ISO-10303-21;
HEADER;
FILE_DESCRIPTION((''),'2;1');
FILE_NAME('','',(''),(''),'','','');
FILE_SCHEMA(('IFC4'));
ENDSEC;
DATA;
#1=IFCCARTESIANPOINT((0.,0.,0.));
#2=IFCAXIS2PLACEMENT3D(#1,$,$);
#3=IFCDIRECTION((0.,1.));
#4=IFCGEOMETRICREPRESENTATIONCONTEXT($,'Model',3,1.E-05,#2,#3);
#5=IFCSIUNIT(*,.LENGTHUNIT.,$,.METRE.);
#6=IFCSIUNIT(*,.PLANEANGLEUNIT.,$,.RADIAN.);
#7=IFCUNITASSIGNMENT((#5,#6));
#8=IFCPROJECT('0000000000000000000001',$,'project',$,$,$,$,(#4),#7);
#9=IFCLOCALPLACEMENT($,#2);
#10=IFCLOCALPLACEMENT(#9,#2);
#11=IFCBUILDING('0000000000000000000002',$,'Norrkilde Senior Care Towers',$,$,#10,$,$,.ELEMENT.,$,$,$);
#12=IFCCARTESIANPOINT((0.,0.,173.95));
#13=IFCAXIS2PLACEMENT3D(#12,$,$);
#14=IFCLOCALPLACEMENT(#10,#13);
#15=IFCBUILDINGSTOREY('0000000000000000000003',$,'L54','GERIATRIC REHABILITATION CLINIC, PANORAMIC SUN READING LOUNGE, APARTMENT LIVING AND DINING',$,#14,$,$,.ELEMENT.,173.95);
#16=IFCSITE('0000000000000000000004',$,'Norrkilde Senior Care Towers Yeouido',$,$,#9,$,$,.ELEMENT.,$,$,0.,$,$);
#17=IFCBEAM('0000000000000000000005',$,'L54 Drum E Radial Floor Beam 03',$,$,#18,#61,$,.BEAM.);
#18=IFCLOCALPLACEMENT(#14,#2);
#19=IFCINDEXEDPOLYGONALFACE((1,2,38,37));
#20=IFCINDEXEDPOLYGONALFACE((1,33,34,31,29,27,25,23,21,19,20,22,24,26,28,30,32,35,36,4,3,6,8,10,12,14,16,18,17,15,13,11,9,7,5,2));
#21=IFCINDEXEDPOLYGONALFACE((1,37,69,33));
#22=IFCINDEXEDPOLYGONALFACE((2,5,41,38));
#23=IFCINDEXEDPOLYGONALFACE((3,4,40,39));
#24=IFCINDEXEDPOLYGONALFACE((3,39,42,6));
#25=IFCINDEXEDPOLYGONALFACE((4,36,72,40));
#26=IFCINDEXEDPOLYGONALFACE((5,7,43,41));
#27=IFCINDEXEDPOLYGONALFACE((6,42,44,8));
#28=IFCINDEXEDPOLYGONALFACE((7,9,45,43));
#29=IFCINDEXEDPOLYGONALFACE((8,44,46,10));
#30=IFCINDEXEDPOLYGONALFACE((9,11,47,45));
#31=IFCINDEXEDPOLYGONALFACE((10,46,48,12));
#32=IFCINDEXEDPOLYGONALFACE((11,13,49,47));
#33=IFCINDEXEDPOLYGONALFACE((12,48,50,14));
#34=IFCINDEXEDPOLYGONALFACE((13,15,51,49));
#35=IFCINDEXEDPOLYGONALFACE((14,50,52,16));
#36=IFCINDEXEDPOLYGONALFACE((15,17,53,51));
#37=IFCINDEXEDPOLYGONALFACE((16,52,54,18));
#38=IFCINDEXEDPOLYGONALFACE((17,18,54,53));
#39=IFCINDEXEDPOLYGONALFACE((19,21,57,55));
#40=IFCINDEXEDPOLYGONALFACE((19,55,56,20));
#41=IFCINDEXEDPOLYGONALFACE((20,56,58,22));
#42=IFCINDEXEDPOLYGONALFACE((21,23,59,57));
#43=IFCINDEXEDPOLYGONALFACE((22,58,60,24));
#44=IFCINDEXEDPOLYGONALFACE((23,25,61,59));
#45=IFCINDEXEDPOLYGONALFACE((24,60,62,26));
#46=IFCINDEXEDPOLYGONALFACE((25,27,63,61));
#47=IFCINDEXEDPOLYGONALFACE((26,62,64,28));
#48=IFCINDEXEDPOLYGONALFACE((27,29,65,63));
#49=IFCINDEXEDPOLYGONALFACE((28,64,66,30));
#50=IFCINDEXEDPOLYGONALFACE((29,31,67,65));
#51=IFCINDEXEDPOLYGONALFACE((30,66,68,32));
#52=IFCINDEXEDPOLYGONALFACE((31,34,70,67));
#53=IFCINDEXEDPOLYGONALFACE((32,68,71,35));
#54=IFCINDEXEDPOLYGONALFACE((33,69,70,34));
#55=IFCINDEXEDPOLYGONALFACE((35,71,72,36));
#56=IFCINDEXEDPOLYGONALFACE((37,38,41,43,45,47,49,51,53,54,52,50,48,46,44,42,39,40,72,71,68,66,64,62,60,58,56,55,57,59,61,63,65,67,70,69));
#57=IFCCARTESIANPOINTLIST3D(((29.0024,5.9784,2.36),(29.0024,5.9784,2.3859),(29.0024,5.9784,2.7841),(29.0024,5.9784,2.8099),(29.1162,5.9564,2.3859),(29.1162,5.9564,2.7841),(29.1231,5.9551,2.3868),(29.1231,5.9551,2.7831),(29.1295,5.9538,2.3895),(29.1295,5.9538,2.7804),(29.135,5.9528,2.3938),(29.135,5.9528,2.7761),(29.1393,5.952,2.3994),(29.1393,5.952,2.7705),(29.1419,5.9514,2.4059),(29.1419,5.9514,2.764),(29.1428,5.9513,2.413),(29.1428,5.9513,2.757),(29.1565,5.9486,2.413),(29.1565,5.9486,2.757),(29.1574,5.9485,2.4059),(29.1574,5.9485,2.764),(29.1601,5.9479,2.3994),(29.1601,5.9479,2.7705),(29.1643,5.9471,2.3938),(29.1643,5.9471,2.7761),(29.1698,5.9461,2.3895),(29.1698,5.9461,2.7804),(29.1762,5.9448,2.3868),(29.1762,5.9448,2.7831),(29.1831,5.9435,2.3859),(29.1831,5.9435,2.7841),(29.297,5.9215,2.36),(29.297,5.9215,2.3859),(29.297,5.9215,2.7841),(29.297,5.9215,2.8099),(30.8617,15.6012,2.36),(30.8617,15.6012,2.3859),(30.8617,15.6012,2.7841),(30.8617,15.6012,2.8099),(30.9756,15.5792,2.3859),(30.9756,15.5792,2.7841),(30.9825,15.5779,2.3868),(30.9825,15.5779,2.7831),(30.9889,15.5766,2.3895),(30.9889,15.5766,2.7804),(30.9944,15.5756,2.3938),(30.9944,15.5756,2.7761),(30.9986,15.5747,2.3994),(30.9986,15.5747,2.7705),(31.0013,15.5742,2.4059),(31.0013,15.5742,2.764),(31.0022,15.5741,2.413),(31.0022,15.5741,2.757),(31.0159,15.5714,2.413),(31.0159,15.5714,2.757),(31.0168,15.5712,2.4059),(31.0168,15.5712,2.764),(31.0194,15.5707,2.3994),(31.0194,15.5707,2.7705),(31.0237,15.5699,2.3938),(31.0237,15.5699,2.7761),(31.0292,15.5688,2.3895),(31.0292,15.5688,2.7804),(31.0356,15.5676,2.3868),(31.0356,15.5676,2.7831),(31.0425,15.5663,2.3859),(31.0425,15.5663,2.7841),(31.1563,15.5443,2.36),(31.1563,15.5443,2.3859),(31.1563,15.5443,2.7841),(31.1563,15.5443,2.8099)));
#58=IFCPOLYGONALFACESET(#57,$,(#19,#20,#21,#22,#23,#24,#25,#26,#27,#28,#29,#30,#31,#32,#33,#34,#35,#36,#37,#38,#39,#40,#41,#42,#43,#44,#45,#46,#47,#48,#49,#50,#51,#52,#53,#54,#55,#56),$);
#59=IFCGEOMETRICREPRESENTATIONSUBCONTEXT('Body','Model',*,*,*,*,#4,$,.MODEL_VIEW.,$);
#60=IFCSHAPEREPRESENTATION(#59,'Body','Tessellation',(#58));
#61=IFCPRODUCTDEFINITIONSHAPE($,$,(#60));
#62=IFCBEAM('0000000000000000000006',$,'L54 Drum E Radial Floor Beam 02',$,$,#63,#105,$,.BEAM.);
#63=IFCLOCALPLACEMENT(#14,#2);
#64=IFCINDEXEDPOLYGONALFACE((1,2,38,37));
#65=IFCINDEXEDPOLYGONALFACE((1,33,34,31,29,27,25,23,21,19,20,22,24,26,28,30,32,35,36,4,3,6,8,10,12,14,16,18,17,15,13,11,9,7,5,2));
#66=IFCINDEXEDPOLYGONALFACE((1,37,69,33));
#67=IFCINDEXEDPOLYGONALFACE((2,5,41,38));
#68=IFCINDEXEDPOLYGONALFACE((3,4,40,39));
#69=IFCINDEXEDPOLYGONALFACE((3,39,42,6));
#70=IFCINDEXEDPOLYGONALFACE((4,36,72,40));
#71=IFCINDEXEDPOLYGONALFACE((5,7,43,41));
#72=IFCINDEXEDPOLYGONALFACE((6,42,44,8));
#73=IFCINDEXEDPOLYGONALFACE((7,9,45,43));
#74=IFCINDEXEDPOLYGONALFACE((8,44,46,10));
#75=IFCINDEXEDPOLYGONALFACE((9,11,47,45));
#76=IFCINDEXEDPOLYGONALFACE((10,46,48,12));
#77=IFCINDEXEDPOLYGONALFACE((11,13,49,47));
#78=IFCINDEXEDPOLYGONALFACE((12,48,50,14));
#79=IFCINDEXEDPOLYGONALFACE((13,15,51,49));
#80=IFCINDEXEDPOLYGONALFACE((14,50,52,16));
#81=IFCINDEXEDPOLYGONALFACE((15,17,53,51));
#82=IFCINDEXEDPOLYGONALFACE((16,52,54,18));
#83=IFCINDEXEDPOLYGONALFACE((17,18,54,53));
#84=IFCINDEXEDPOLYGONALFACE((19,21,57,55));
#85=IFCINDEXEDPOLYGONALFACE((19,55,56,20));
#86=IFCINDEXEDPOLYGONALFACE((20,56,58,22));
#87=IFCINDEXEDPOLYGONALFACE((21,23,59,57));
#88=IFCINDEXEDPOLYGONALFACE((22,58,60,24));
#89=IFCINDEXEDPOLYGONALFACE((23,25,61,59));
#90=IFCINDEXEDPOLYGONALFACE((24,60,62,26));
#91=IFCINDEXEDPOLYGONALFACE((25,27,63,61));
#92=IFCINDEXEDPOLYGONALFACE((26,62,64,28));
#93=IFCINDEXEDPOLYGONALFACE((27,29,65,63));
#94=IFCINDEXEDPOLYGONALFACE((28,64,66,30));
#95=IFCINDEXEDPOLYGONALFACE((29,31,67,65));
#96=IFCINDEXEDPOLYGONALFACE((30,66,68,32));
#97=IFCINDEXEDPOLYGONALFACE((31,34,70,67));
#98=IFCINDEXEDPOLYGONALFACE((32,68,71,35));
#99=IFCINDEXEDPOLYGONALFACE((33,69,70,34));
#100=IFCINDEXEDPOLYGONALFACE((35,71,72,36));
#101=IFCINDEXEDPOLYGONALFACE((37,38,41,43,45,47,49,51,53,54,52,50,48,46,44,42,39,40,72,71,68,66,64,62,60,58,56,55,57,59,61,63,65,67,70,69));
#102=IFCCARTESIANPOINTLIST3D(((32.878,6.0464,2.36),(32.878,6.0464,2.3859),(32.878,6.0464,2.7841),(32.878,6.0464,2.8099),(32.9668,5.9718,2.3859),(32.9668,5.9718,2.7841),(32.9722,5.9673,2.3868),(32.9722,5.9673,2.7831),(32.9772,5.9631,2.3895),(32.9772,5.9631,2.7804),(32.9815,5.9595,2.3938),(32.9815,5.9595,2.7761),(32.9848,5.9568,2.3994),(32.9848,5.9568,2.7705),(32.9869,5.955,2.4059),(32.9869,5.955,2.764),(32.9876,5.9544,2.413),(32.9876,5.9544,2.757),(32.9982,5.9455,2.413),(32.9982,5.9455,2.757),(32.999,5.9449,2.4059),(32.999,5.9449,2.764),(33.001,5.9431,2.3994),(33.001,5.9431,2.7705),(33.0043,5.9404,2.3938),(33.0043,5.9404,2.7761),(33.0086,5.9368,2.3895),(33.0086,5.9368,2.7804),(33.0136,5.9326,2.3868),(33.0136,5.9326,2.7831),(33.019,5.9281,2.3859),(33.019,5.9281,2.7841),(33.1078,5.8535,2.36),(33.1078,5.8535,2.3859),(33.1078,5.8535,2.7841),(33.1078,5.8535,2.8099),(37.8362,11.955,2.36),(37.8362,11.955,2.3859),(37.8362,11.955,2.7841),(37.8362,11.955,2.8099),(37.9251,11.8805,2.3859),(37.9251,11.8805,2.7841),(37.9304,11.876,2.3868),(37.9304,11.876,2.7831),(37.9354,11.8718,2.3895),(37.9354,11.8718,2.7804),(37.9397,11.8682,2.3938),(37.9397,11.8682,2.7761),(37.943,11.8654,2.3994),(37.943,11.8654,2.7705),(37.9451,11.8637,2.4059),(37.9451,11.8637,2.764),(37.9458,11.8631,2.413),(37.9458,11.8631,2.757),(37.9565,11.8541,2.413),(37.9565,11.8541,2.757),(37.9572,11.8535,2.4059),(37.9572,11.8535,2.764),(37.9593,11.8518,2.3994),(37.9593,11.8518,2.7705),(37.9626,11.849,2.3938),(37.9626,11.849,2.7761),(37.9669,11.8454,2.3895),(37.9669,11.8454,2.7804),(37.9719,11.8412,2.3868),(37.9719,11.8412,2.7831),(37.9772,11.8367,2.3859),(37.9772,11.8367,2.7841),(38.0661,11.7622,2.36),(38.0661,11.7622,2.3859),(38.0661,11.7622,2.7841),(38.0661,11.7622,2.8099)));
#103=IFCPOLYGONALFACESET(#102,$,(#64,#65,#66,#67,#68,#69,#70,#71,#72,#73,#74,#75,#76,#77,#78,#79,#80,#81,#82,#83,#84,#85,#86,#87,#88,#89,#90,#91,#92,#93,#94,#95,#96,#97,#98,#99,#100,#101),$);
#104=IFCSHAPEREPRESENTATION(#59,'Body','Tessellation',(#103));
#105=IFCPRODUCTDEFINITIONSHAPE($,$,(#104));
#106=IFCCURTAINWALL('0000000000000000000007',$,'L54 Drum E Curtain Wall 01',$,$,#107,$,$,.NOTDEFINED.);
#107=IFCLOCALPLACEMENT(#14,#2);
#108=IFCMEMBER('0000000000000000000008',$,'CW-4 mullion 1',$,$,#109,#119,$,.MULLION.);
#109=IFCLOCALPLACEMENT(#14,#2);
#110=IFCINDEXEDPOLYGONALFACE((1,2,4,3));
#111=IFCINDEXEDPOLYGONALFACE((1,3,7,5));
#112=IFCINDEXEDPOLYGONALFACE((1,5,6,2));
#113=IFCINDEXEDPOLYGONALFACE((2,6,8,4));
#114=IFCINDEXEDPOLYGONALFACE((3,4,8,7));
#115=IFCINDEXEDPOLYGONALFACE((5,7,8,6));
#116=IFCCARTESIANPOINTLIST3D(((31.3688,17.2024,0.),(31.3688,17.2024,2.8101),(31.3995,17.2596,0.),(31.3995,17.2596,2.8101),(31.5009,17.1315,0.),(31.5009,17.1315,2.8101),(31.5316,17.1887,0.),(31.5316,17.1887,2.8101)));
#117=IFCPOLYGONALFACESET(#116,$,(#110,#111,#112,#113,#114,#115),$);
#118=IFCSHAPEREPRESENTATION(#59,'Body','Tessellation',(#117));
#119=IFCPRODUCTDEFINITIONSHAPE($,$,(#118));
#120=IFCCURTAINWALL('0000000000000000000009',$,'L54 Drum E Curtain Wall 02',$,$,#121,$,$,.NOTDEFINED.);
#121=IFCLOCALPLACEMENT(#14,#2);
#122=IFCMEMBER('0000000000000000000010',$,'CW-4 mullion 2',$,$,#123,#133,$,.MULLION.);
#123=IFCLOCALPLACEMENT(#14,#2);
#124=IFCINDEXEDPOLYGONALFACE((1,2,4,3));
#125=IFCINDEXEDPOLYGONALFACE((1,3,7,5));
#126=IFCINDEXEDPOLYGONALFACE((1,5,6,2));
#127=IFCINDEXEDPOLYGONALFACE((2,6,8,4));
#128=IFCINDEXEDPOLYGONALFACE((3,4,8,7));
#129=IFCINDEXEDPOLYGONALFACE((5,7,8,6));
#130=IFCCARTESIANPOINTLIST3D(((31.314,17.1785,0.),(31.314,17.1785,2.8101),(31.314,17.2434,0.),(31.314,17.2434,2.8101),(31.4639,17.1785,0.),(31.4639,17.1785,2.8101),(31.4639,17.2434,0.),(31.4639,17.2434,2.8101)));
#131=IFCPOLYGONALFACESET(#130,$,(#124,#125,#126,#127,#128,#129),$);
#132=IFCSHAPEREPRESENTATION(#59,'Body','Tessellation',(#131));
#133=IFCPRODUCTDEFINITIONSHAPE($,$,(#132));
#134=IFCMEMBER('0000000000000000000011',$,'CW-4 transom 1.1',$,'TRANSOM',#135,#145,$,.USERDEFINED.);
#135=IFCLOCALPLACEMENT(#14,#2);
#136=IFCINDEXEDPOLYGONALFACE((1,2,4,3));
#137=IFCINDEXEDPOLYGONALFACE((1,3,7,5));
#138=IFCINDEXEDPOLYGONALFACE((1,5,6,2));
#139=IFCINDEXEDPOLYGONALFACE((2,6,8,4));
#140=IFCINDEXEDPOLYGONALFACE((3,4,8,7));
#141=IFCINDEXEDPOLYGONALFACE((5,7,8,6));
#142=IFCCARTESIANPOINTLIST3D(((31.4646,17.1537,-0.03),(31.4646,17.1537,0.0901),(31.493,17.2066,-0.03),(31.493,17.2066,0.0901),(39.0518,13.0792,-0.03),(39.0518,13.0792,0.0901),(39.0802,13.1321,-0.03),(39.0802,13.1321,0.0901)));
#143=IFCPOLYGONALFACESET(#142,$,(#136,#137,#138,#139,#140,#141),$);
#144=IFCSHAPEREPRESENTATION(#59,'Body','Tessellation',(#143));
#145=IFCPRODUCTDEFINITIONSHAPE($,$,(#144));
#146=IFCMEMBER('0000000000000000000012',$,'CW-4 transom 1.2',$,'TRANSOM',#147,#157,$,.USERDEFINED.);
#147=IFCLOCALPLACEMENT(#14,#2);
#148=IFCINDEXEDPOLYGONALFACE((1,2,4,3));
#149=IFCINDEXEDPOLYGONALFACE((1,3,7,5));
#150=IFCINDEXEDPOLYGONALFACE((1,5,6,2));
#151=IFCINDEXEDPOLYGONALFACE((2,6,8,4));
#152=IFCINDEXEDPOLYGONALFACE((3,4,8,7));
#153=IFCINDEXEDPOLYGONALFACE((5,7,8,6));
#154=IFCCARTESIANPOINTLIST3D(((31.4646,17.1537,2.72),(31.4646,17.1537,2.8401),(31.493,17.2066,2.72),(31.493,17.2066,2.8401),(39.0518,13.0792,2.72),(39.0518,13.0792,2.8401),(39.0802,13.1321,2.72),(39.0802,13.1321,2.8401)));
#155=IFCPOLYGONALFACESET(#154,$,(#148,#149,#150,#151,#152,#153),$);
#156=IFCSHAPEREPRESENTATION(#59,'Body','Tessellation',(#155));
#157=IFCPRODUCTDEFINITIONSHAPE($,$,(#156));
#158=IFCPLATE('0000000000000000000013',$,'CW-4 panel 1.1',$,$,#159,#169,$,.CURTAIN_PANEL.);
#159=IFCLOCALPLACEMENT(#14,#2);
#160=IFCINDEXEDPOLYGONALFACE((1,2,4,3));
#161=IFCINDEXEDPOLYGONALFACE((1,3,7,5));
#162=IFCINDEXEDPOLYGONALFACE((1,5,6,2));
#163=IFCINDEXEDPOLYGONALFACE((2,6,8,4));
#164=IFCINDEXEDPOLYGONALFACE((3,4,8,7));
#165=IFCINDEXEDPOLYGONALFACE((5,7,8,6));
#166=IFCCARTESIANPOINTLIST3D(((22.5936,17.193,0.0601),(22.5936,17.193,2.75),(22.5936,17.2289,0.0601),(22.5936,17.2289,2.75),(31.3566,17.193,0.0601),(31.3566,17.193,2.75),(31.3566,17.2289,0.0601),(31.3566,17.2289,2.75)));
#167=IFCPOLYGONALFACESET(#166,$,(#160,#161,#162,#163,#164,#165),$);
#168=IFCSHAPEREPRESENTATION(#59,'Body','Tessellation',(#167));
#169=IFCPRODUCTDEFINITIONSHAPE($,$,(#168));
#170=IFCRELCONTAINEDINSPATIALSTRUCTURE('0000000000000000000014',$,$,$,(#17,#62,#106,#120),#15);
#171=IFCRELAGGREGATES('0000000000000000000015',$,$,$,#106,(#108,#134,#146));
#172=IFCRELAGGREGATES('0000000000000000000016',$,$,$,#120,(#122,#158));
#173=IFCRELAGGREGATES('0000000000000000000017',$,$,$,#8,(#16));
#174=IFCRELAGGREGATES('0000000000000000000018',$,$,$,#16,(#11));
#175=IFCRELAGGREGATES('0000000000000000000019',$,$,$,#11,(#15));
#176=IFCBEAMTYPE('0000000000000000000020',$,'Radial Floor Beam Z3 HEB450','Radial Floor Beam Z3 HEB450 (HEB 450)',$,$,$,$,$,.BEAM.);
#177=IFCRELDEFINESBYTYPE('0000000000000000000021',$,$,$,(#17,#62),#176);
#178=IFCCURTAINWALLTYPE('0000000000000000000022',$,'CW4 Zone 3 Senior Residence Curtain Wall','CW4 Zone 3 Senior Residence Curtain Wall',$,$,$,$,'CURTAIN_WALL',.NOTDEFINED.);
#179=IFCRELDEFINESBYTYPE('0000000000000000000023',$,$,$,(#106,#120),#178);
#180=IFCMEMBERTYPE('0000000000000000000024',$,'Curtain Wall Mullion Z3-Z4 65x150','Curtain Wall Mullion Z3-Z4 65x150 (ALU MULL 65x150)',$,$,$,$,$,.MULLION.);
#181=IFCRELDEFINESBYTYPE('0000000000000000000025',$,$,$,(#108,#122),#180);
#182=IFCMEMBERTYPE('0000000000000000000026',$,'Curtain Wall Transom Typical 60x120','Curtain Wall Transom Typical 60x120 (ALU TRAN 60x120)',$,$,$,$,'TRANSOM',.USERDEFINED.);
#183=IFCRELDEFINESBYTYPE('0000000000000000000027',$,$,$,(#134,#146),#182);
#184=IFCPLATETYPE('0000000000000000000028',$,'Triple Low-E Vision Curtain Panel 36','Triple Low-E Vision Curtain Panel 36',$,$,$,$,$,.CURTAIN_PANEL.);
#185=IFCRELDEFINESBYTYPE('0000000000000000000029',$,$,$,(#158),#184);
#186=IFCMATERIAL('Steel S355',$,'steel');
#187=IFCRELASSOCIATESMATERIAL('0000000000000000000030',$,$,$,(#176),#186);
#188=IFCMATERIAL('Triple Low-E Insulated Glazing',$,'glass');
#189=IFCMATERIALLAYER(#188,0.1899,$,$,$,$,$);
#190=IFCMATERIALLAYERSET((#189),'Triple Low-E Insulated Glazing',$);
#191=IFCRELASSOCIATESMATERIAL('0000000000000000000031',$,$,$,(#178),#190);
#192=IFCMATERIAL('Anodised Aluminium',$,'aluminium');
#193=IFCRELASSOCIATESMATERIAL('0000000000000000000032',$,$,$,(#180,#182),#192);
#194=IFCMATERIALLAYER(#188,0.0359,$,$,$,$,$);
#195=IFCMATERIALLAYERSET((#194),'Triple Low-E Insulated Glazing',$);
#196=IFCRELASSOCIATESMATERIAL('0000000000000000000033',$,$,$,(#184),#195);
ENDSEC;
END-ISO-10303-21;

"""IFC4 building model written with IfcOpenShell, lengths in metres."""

from ifc_helpers import new_model, si_unit, direction, frame, origin, origin_2d, place, context, subcontext, project, spatial, rectangle, i_section, extrude, source, transform, mapped, material, layer, layer_set, material_profile, profile_set, type_object, type_shapes, element, aggregate, save


model = new_model("IFC4")

# Units and contexts
model_context = context("Model", 3, precision=1e-05, world=origin(), true_north=direction((0.0, 1.0)))
body_context = subcontext(model_context, "Body", "Model", "MODEL_VIEW")
ifc_project = project(units=[si_unit("LENGTHUNIT", "METRE"), si_unit("PLANEANGLEUNIT", "RADIAN")], contexts=[model_context])

# Site, building, storey
site_placement = place(None, origin())
site = spatial("IfcSite", under=ifc_project, at=site_placement, Name="Norrkilde Senior Care Towers Yeouido", CompositionType="ELEMENT", RefElevation=0.0)
building_placement = place(site_placement, origin())
building = spatial("IfcBuilding", under=site, at=building_placement, Name="Norrkilde Senior Care Towers", CompositionType="ELEMENT")
storey_placement = place(building_placement, frame((0.0, 0.0, 173.95)))
storey = spatial("IfcBuildingStorey", under=building, at=storey_placement, Name="L54", Description="GERIATRIC REHABILITATION CLINIC, PANORAMIC SUN READING LOUNGE, APARTMENT LIVING AND DINING", CompositionType="ELEMENT", Elevation=173.95)

# Beams
ifc_material_1 = material(Name="Steel S355", Category="steel")
ifc_material_profile_1 = material_profile(ifc_material_1, i_section(OverallWidth=0.3, OverallDepth=0.45, WebThickness=0.0139, FlangeThickness=0.0259, FilletRadius=0.0271, at=origin_2d()), Name="HEB 450")
ifc_profile_set_1 = profile_set([ifc_material_profile_1], Name="Steel S355")
beam_type_1 = type_object("IfcBeamType", Name="Radial Floor Beam Z3 HEB450", Description="Radial Floor Beam Z3 HEB450 (HEB 450)", PredefinedType="BEAM", material=ifc_profile_set_1)
shared_shape_1 = source(origin(), body_context, "Body", "SweptSolid", [
    extrude(i_section(OverallWidth=0.3, OverallDepth=0.45, WebThickness=0.0139, FlangeThickness=0.0259, FilletRadius=0.0271, at=origin_2d()), origin(), (0.0, 0.0, 1.0), 9.8008),
])
beam_1_placement = place(storey_placement, frame((29.1497, 5.95, 2.585), z_axis=(0.189717, 0.981839, 0.0), x_axis=(-0.981839, 0.189717, 0.0)))
element("IfcBeam", 1, at=beam_1_placement, inside=storey, type_object=beam_type_1, Name="L54 Drum E Radial Floor Beam 03", PredefinedType="BEAM", context=body_context, shape_type="MappedRepresentation", body=[
    mapped(shared_shape_1, transform((0.0, 0.0, 0.0), x_axis=(1.0, 0.0, 0.0), y_axis=(0.0, 1.0, 0.0), z_axis=(0.0, 0.0, 1.0), scale=1.0)),
])
shared_shape_2 = source(origin(), body_context, "Body", "SweptSolid", [
    extrude(i_section(OverallWidth=0.3, OverallDepth=0.45, WebThickness=0.0139, FlangeThickness=0.0259, FilletRadius=0.0271, at=origin_2d()), origin(), (0.0, 0.0, 1.0), 7.7134),
])
beam_2_placement = place(storey_placement, frame((32.9929, 5.95, 2.585), z_axis=(0.642808, 0.766027, 0.0), x_axis=(-0.766027, 0.642808, 0.0)))
element("IfcBeam", 2, at=beam_2_placement, inside=storey, type_object=beam_type_1, Name="L54 Drum E Radial Floor Beam 02", PredefinedType="BEAM", context=body_context, shape_type="MappedRepresentation", body=[
    mapped(shared_shape_2, transform((0.0, 0.0, 0.0), x_axis=(1.0, 0.0, 0.0), y_axis=(0.0, 1.0, 0.0), z_axis=(0.0, 0.0, 1.0), scale=1.0)),
])

# Curtain walls, members
ifc_material_2 = material(Name="Triple Low-E Insulated Glazing", Category="glass")
ifc_layer_1 = layer(ifc_material_2, 0.1899)
ifc_layer_set_1 = layer_set([ifc_layer_1], Name="Triple Low-E Insulated Glazing")
curtain_wall_type = type_object("IfcCurtainWallType", Name="CW4 Zone 3 Senior Residence Curtain Wall", Description="CW4 Zone 3 Senior Residence Curtain Wall", ElementType="CURTAIN_WALL", PredefinedType="NOTDEFINED", material=ifc_layer_set_1)
curtain_wall_1_placement = place(storey_placement, origin())
curtain_wall_1 = element("IfcCurtainWall", 3, at=curtain_wall_1_placement, inside=storey, type_object=curtain_wall_type, Name="L54 Drum E Curtain Wall 01", PredefinedType="NOTDEFINED")
ifc_material_3 = material(Name="Anodised Aluminium", Category="aluminium")
ifc_material_profile_2 = material_profile(ifc_material_3, rectangle(XDim=0.0649, YDim=0.1499, at=origin_2d()), Name="ALU MULL 65x150")
ifc_profile_set_2 = profile_set([ifc_material_profile_2], Name="Anodised Aluminium")
member_type_1 = type_object("IfcMemberType", Name="Curtain Wall Mullion Z3-Z4 65x150", Description="Curtain Wall Mullion Z3-Z4 65x150 (ALU MULL 65x150)", PredefinedType="MULLION", material=ifc_profile_set_2)
shared_shape_3 = source(origin(), body_context, "Body", "SweptSolid", [
    extrude(rectangle(XDim=0.0649, YDim=0.1499, at=origin_2d()), origin(), (0.0, 0.0, 1.0), 2.8101),
])
type_shapes(member_type_1, [shared_shape_3])
member_1_placement = place(storey_placement, frame((31.4502, 17.1956, 0.0), z_axis=(0.0, 0.0, 1.0), x_axis=(0.473117, 0.881, 0.0)))
member_1 = element("IfcMember", 4, at=member_1_placement, type_object=member_type_1, Name="CW-4 mullion 1", PredefinedType="MULLION", context=body_context, shape_type="MappedRepresentation", body=[
    mapped(shared_shape_3, transform((0.0, 0.0, 0.0), x_axis=(1.0, 0.0, 0.0), y_axis=(0.0, 1.0, 0.0), z_axis=(0.0, 0.0, 1.0), scale=1.0)),
])
curtain_wall_2_placement = place(storey_placement, origin())
curtain_wall_2 = element("IfcCurtainWall", 5, at=curtain_wall_2_placement, inside=storey, type_object=curtain_wall_type, Name="L54 Drum E Curtain Wall 02", PredefinedType="NOTDEFINED")
member_2_placement = place(storey_placement, frame((31.3889, 17.2109, 0.0), z_axis=(0.0, 0.0, 1.0), x_axis=(0.0, 1.0, 0.0)))
member_2 = element("IfcMember", 6, at=member_2_placement, type_object=member_type_1, Name="CW-4 mullion 2", PredefinedType="MULLION", context=body_context, shape_type="MappedRepresentation", body=[
    mapped(shared_shape_3, transform((0.0, 0.0, 0.0), x_axis=(1.0, 0.0, 0.0), y_axis=(0.0, 1.0, 0.0), z_axis=(0.0, 0.0, 1.0), scale=1.0)),
])

# Members
ifc_material_profile_3 = material_profile(ifc_material_3, rectangle(XDim=0.0601, YDim=0.1201, at=origin_2d()), Name="ALU TRAN 60x120")
ifc_profile_set_3 = profile_set([ifc_material_profile_3], Name="Anodised Aluminium")
member_type_2 = type_object("IfcMemberType", Name="Curtain Wall Transom Typical 60x120", Description="Curtain Wall Transom Typical 60x120 (ALU TRAN 60x120)", ElementType="TRANSOM", PredefinedType="USERDEFINED", material=ifc_profile_set_3)
shared_shape_4 = source(origin(), body_context, "Body", "SweptSolid", [
    extrude(rectangle(XDim=0.0601, YDim=0.1201, at=origin_2d()), origin(), (0.0, 0.0, 1.0), 8.6121),
])
type_shapes(member_type_2, [shared_shape_4])
member_3_placement = place(storey_placement, frame((31.4788, 17.1802, 0.03), z_axis=(0.881, -0.473116, 0.0), x_axis=(0.473116, 0.881, 0.0)))
member_3 = element("IfcMember", 7, at=member_3_placement, type_object=member_type_2, Name="CW-4 transom 1.1", ObjectType="TRANSOM", PredefinedType="USERDEFINED", context=body_context, shape_type="MappedRepresentation", body=[
    mapped(shared_shape_4, transform((0.0, 0.0, 0.0), x_axis=(1.0, 0.0, 0.0), y_axis=(0.0, 1.0, 0.0), z_axis=(0.0, 0.0, 1.0), scale=1.0)),
])
member_4_placement = place(storey_placement, frame((31.4788, 17.1802, 2.78), z_axis=(0.881, -0.473116, 0.0), x_axis=(0.473116, 0.881, 0.0)))
member_4 = element("IfcMember", 8, at=member_4_placement, type_object=member_type_2, Name="CW-4 transom 1.2", ObjectType="TRANSOM", PredefinedType="USERDEFINED", context=body_context, shape_type="MappedRepresentation", body=[
    mapped(shared_shape_4, transform((0.0, 0.0, 0.0), x_axis=(1.0, 0.0, 0.0), y_axis=(0.0, 1.0, 0.0), z_axis=(0.0, 0.0, 1.0), scale=1.0)),
])
aggregate(curtain_wall_1, [member_1, member_3, member_4])

# Plate
ifc_layer_2 = layer(ifc_material_2, 0.0359)
ifc_layer_set_2 = layer_set([ifc_layer_2], Name="Triple Low-E Insulated Glazing")
plate_type = type_object("IfcPlateType", Name="Triple Low-E Vision Curtain Panel 36", Description="Triple Low-E Vision Curtain Panel 36", PredefinedType="CURTAIN_PANEL", material=ifc_layer_set_2)
shared_shape_5 = source(origin(), body_context, "Body", "SweptSolid", [
    extrude(rectangle(XDim=8.7629, YDim=0.0359, at=origin_2d()), origin(), (0.0, 0.0, 1.0), 2.6899),
])
type_shapes(plate_type, [shared_shape_5])
plate_placement = place(storey_placement, frame((26.9751, 17.2109, 0.0601), z_axis=(0.0, 0.0, 1.0), x_axis=(1.0, 0.0, 0.0)))
plate = element("IfcPlate", 9, at=plate_placement, type_object=plate_type, Name="CW-4 panel 1.1", PredefinedType="CURTAIN_PANEL", context=body_context, shape_type="MappedRepresentation", body=[
    mapped(shared_shape_5, transform((0.0, 0.0, 0.0), x_axis=(1.0, 0.0, 0.0), y_axis=(0.0, 1.0, 0.0), z_axis=(0.0, 0.0, 1.0), scale=1.0)),
])
aggregate(curtain_wall_2, [member_2, plate])

save(model, "model.ifc")
